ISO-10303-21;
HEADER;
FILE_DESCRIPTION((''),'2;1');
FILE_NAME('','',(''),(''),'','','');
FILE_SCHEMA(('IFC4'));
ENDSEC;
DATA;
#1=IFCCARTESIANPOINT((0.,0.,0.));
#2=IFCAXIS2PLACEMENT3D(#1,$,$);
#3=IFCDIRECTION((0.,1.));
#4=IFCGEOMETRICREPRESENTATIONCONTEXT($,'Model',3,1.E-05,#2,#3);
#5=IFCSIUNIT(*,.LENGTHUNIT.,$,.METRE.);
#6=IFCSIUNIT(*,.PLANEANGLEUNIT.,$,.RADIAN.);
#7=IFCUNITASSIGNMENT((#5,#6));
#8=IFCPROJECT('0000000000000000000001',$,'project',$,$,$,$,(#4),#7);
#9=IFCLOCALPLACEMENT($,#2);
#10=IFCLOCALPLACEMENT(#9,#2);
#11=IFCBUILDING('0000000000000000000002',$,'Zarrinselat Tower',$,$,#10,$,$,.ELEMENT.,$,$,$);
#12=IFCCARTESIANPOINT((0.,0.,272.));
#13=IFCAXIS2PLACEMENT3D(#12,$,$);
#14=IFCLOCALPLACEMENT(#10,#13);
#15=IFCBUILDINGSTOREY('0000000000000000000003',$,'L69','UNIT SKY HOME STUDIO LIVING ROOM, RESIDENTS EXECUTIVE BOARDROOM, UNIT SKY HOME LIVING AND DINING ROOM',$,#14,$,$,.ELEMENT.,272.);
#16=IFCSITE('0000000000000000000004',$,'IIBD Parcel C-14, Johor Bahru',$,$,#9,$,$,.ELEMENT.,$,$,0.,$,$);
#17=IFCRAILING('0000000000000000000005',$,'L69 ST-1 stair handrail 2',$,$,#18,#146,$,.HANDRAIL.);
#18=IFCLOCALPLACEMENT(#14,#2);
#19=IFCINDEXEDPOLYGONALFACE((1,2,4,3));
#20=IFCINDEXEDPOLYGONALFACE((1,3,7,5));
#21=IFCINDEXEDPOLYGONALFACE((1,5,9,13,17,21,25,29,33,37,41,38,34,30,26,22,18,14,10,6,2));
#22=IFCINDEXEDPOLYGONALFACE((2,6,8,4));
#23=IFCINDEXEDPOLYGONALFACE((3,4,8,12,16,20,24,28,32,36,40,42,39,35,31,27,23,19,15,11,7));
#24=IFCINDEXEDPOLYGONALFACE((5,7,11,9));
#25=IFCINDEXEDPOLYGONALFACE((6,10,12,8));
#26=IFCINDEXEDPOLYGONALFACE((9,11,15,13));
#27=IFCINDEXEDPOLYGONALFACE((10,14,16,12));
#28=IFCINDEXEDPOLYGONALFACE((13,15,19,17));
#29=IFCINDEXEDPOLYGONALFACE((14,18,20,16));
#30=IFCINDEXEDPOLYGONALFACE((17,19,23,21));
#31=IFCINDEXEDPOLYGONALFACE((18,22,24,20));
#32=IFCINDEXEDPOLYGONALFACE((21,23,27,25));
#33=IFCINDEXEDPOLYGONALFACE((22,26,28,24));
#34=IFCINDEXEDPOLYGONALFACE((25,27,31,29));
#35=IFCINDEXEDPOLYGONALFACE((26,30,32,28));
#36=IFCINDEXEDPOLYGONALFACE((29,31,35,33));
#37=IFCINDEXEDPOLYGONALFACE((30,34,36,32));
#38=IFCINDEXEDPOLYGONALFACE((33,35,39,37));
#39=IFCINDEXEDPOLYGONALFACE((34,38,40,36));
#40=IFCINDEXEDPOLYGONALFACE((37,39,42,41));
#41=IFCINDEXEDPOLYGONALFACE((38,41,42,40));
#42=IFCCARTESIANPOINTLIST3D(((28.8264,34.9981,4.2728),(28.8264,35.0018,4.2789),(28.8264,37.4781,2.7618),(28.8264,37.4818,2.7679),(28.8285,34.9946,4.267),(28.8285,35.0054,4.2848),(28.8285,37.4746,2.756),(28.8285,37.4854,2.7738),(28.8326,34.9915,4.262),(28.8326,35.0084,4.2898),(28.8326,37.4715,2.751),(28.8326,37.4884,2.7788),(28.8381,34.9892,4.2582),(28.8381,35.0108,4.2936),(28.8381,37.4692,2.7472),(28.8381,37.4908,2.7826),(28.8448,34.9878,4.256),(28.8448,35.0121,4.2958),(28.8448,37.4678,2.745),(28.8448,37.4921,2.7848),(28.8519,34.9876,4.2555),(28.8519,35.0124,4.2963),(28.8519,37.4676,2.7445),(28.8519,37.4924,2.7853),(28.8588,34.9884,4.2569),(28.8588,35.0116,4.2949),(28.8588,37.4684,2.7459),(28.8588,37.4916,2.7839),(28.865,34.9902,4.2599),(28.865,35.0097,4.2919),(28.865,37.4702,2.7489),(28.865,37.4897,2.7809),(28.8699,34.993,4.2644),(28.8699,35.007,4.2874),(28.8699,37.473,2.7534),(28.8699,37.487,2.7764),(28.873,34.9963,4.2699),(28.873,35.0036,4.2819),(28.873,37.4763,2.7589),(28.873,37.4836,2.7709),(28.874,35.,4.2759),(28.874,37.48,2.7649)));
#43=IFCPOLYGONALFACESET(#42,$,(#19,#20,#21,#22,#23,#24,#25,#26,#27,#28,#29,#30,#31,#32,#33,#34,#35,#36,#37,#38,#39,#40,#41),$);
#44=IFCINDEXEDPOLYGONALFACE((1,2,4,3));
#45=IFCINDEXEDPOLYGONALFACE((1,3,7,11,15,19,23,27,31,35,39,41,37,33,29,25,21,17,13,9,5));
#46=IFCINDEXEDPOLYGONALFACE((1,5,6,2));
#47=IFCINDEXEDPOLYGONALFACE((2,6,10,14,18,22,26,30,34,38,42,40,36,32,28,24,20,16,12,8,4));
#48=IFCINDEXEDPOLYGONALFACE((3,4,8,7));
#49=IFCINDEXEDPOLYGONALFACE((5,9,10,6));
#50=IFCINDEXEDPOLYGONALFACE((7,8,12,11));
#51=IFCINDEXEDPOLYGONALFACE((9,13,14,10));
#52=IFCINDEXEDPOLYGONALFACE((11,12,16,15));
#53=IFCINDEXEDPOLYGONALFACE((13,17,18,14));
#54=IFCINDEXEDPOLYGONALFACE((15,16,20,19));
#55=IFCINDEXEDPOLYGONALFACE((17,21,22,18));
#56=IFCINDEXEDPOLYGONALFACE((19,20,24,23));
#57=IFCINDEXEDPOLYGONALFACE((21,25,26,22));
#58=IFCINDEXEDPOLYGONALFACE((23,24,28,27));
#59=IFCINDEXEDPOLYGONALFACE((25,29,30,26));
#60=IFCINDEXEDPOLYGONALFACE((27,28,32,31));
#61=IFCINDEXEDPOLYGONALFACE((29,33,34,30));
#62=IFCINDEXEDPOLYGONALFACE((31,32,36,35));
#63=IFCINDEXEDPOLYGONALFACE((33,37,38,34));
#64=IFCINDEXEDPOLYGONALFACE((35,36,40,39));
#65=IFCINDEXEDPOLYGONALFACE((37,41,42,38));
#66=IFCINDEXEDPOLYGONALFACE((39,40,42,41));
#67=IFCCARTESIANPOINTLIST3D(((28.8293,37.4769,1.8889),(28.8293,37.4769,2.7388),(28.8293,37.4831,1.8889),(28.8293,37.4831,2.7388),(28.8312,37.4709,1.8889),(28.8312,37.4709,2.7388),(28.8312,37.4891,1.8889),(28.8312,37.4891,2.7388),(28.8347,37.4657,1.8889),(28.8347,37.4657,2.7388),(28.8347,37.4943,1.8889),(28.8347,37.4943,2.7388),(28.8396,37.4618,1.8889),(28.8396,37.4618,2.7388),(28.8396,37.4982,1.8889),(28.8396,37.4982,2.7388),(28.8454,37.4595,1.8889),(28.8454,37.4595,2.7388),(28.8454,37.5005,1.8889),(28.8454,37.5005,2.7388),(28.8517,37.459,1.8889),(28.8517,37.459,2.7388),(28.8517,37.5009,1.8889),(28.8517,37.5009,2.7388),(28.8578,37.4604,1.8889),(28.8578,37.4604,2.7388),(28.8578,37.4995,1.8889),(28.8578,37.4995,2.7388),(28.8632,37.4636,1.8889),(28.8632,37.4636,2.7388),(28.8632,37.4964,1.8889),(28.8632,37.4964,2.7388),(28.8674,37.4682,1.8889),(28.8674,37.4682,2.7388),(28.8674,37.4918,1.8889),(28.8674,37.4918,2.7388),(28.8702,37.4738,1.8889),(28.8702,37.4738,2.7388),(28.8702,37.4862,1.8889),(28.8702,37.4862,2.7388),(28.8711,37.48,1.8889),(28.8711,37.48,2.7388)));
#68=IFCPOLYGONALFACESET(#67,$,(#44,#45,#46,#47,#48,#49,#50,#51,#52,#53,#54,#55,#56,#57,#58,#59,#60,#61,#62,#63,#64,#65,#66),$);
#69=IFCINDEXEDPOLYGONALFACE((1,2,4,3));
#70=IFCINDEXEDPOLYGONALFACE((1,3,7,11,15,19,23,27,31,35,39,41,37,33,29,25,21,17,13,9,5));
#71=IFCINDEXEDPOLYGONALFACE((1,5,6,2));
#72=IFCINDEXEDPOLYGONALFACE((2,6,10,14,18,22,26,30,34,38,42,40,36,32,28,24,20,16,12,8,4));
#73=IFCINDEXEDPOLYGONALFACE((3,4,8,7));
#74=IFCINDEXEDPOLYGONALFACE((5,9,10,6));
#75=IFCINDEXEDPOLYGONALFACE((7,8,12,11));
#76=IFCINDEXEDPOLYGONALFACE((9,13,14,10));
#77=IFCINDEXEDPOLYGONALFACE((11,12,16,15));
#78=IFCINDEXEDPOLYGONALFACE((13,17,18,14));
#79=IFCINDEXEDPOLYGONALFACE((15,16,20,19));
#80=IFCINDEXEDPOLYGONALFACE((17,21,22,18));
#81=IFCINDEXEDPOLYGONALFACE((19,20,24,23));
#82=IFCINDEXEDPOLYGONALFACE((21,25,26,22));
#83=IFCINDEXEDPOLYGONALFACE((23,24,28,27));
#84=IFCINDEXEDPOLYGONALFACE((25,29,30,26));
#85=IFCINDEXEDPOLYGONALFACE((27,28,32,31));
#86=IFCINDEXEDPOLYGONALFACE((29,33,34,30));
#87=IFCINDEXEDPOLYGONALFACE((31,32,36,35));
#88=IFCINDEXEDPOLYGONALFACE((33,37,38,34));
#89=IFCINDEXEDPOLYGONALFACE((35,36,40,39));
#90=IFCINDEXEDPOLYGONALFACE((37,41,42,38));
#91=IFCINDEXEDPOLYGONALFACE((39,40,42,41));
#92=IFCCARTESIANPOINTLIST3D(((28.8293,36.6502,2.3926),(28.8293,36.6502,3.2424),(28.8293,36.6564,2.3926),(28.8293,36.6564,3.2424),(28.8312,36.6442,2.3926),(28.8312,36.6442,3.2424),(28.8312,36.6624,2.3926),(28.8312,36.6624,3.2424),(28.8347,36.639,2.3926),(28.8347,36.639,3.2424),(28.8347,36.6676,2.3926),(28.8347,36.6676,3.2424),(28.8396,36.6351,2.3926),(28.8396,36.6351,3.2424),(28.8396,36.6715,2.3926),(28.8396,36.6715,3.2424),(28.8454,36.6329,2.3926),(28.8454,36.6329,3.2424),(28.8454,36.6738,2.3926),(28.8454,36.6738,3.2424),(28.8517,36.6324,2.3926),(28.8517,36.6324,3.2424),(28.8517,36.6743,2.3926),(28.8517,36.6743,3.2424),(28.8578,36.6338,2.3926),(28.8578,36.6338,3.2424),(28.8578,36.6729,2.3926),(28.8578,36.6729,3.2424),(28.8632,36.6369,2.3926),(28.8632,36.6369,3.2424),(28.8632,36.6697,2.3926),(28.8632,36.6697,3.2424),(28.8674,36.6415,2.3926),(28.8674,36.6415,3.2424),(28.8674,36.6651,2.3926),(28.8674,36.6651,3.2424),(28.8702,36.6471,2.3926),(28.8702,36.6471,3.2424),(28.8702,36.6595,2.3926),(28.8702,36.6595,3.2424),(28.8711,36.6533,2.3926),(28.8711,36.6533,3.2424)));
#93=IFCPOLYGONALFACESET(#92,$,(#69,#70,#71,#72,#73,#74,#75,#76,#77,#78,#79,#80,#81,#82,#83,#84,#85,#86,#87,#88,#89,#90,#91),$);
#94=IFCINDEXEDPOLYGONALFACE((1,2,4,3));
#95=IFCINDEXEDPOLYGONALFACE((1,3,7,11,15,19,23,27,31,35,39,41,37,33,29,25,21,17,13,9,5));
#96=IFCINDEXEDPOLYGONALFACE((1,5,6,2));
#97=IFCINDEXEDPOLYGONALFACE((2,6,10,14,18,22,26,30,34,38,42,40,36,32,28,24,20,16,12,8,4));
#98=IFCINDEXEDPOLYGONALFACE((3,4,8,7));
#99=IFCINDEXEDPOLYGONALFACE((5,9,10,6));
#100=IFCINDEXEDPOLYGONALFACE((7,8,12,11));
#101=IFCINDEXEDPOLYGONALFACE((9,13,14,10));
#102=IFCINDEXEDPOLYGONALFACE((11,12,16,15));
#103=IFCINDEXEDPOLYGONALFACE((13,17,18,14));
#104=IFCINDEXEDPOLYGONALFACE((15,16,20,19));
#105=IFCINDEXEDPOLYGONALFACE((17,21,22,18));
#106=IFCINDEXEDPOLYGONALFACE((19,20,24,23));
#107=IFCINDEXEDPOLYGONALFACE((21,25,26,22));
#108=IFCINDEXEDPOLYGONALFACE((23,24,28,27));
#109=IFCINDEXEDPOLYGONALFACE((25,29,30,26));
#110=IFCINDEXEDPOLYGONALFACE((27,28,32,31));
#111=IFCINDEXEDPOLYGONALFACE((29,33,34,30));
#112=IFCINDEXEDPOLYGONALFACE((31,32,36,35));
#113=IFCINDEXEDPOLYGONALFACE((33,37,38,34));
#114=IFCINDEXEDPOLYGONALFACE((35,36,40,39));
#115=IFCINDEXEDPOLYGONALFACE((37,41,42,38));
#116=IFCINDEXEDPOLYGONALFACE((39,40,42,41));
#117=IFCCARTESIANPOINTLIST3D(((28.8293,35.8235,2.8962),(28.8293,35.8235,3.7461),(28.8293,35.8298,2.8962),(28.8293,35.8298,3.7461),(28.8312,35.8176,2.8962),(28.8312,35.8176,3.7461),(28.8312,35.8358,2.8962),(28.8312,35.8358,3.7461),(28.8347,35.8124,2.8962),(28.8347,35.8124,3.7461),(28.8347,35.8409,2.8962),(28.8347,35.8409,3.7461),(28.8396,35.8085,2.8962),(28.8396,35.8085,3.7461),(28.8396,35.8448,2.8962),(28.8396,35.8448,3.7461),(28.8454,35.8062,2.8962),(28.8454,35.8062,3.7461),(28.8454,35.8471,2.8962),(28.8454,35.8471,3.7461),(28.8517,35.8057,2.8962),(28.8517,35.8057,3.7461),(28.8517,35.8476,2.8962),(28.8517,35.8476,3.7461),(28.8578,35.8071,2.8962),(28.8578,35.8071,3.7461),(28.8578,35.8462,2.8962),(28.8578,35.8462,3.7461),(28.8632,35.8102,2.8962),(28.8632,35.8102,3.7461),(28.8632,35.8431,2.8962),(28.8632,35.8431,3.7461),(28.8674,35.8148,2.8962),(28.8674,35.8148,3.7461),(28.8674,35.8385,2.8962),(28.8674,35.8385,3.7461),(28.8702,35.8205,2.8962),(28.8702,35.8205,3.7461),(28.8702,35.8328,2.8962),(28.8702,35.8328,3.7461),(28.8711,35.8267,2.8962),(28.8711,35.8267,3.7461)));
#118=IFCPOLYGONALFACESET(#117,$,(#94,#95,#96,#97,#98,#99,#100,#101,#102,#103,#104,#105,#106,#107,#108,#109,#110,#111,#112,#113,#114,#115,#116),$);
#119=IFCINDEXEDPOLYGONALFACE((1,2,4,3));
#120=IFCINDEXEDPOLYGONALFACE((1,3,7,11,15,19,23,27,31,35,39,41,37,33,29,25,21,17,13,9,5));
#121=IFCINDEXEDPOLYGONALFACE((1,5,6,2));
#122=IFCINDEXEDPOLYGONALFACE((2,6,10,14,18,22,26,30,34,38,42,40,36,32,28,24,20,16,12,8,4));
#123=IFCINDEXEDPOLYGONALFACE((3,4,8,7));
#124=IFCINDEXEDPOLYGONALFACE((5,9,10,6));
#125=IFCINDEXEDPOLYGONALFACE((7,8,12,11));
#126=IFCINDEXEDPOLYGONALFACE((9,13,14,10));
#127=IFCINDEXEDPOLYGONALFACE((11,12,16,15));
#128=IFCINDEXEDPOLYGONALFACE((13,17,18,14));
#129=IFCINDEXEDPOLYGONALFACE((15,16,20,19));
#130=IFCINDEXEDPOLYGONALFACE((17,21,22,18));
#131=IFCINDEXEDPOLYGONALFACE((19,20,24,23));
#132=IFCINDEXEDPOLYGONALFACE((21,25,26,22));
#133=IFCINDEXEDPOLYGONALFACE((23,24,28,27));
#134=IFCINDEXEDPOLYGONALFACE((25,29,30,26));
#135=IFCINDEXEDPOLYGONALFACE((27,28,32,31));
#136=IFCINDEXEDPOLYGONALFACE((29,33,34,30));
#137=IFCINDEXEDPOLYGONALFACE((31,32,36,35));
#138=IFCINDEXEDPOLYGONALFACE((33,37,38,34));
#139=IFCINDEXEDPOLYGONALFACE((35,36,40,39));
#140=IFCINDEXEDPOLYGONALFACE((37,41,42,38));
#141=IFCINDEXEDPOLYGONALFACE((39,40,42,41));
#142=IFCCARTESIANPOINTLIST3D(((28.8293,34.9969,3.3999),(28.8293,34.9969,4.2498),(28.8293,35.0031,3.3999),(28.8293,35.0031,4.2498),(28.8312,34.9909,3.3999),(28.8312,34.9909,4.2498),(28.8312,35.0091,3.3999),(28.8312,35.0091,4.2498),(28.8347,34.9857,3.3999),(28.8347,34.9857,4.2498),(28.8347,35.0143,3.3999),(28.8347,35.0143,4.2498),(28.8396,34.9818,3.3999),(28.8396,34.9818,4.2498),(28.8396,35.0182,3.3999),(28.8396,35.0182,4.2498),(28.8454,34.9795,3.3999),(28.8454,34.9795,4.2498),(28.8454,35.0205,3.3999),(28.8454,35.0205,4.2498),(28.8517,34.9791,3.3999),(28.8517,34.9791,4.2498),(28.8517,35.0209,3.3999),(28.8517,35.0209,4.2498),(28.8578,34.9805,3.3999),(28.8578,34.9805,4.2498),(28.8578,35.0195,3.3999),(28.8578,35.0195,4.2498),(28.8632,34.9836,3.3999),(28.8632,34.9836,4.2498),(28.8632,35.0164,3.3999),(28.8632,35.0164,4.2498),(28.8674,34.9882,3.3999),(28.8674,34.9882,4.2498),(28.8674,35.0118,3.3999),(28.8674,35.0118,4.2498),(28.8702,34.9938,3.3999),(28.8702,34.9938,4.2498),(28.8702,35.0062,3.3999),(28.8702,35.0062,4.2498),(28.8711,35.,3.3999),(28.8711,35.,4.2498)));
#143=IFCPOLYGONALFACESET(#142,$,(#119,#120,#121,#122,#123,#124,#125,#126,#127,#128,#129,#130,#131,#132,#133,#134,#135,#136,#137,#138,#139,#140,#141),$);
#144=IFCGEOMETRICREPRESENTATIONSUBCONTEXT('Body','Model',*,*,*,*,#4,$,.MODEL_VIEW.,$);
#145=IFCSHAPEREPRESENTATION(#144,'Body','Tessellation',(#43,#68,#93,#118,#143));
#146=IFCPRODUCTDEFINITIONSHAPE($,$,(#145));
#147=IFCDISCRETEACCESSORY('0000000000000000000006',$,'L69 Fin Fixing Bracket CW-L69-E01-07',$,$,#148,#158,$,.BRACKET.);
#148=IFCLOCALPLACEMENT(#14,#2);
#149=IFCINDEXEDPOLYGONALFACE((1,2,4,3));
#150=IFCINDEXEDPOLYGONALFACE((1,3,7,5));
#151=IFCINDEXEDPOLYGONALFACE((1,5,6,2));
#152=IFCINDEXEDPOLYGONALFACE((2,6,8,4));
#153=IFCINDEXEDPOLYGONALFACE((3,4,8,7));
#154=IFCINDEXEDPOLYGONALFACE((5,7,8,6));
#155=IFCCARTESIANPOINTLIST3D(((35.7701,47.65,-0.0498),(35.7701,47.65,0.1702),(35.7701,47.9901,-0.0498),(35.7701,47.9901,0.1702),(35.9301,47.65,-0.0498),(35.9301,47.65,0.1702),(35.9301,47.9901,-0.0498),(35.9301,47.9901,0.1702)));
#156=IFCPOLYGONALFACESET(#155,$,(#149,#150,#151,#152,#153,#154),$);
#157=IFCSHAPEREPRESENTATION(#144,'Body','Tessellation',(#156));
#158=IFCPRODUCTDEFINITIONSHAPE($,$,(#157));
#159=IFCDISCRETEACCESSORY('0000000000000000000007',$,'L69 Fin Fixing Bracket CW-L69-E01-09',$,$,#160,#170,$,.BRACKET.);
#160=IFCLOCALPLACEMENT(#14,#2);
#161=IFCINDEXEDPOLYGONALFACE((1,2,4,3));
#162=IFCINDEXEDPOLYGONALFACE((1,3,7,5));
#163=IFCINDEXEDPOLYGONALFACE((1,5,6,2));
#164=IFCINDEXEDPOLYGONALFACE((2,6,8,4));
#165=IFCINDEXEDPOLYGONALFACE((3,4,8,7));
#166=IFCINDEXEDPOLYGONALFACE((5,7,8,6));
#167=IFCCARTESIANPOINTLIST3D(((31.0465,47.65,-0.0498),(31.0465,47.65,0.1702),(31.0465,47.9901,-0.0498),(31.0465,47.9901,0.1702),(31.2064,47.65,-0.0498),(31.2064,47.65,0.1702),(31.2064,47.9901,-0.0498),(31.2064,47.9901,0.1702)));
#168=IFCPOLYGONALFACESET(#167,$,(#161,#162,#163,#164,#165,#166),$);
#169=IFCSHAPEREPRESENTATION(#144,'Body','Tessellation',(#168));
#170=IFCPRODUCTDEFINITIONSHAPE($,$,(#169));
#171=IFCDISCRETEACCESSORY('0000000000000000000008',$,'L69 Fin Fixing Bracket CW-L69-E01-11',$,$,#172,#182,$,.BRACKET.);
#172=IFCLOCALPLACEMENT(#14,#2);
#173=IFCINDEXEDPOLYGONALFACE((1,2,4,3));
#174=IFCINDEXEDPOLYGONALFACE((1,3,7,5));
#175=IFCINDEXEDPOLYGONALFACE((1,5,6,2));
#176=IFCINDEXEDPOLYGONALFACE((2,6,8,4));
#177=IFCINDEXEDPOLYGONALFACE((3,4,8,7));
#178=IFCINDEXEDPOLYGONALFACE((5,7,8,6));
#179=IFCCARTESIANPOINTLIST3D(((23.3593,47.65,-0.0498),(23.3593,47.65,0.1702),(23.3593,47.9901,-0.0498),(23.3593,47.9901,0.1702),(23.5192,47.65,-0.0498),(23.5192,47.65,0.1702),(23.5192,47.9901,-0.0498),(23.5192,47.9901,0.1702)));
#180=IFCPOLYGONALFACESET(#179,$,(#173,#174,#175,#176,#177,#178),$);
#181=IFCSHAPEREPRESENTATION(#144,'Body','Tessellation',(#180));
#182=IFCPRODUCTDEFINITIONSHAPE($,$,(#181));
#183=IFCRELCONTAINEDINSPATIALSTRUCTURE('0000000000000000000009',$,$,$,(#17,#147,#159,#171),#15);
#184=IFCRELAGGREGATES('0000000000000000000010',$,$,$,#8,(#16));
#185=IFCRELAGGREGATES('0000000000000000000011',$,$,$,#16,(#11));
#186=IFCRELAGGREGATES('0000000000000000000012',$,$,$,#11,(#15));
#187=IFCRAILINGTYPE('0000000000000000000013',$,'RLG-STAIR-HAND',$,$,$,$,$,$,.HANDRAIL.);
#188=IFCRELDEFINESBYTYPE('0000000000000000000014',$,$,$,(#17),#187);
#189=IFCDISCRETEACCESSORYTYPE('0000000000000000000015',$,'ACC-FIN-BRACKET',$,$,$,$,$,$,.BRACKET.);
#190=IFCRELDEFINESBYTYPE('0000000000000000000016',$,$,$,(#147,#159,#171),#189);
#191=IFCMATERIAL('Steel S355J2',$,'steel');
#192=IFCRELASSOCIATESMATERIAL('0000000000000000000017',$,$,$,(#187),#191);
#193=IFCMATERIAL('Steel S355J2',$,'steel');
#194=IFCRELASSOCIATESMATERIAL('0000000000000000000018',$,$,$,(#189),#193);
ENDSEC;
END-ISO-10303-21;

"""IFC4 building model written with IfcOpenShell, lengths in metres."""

from ifc_helpers import new_model, si_unit, direction, frame, origin, origin_2d, place, context, subcontext, project, spatial, rectangle, circle, extrude, material, type_object, element, save


model = new_model("IFC4")

# Units and contexts
model_context = context("Model", 3, precision=1e-05, world=origin(), true_north=direction((0.0, 1.0)))
body_context = subcontext(model_context, "Body", "Model", "MODEL_VIEW")
ifc_project = project(units=[si_unit("LENGTHUNIT", "METRE"), si_unit("PLANEANGLEUNIT", "RADIAN")], contexts=[model_context])

# Site, building, storey
site_placement = place(None, origin())
site = spatial("IfcSite", under=ifc_project, at=site_placement, Name="IIBD Parcel C-14, Johor Bahru", CompositionType="ELEMENT", RefElevation=0.0)
building_placement = place(site_placement, origin())
building = spatial("IfcBuilding", under=site, at=building_placement, Name="Zarrinselat Tower", CompositionType="ELEMENT")
storey_placement = place(building_placement, frame((0.0, 0.0, 272.0)))
storey = spatial("IfcBuildingStorey", under=building, at=storey_placement, Name="L69", Description="UNIT SKY HOME STUDIO LIVING ROOM, RESIDENTS EXECUTIVE BOARDROOM, UNIT SKY HOME LIVING AND DINING ROOM", CompositionType="ELEMENT", Elevation=272.0)

# Railing
ifc_material_1 = material(Name="Steel S355J2", Category="steel")
railing_type_1 = type_object("IfcRailingType", Name="RLG-STAIR-HAND", PredefinedType="HANDRAIL", material=ifc_material_1)
railing_1_placement = place(storey_placement, frame((28.8501, 37.48, 1.8889)))
element("IfcRailing", 1, at=railing_1_placement, inside=storey, type_object=railing_type_1, Name="L69 ST-1 stair handrail 2", PredefinedType="HANDRAIL", context=body_context, shape_type="SweptSolid", body=[
    extrude(circle(Radius=0.0239, at=origin_2d()), frame((0.0, 0.0, 0.876), z_axis=(0.0, -0.853979, 0.520307), x_axis=(1.0, 0.0, 0.0)), (0.0, 0.0, 1.0), 2.9041),
    extrude(circle(Radius=0.021, at=origin_2d()), origin(), (0.0, 0.0, 1.0), 0.8499),
    extrude(circle(Radius=0.021, at=origin_2d()), frame((0.0, -0.8267, 0.5037)), (0.0, 0.0, 1.0), 0.8499),
    extrude(circle(Radius=0.021, at=origin_2d()), frame((0.0, -1.6533, 1.0073)), (0.0, 0.0, 1.0), 0.8499),
    extrude(circle(Radius=0.021, at=origin_2d()), frame((0.0, -2.48, 1.511)), (0.0, 0.0, 1.0), 0.8499),
])

# Discrete accessories
ifc_material_2 = material(Name="Steel S355J2", Category="steel")
discrete_accessory_type = type_object("IfcDiscreteAccessoryType", Name="ACC-FIN-BRACKET", PredefinedType="BRACKET", material=ifc_material_2)
for number, where, z_axis, x_axis, name in (
    (2, (35.8501, 47.8201, -0.0498), (0.0, 0.0, 1.0), (0.0, 1.0, 0.0), "L69 Fin Fixing Bracket CW-L69-E01-07"),
    (3, (31.1265, 47.8201, -0.0498), (0.0, 0.0, 1.0), (0.0, 1.0, 0.0), "L69 Fin Fixing Bracket CW-L69-E01-09"),
    (4, (23.4392, 47.8201, -0.0498), (0.0, 0.0, 1.0), (0.0, 1.0, 0.0), "L69 Fin Fixing Bracket CW-L69-E01-11"),
):
    element("IfcDiscreteAccessory", number, at=place(storey_placement, frame(where, z_axis=z_axis, x_axis=x_axis)), inside=storey, type_object=discrete_accessory_type, Name=name, PredefinedType="BRACKET", context=body_context, shape_type="SweptSolid", body=[
        extrude(rectangle(XDim=0.3401, YDim=0.1599, at=origin_2d()), origin(), (0.0, 0.0, 1.0), 0.22),
    ])

save(model, "model.ifc")
